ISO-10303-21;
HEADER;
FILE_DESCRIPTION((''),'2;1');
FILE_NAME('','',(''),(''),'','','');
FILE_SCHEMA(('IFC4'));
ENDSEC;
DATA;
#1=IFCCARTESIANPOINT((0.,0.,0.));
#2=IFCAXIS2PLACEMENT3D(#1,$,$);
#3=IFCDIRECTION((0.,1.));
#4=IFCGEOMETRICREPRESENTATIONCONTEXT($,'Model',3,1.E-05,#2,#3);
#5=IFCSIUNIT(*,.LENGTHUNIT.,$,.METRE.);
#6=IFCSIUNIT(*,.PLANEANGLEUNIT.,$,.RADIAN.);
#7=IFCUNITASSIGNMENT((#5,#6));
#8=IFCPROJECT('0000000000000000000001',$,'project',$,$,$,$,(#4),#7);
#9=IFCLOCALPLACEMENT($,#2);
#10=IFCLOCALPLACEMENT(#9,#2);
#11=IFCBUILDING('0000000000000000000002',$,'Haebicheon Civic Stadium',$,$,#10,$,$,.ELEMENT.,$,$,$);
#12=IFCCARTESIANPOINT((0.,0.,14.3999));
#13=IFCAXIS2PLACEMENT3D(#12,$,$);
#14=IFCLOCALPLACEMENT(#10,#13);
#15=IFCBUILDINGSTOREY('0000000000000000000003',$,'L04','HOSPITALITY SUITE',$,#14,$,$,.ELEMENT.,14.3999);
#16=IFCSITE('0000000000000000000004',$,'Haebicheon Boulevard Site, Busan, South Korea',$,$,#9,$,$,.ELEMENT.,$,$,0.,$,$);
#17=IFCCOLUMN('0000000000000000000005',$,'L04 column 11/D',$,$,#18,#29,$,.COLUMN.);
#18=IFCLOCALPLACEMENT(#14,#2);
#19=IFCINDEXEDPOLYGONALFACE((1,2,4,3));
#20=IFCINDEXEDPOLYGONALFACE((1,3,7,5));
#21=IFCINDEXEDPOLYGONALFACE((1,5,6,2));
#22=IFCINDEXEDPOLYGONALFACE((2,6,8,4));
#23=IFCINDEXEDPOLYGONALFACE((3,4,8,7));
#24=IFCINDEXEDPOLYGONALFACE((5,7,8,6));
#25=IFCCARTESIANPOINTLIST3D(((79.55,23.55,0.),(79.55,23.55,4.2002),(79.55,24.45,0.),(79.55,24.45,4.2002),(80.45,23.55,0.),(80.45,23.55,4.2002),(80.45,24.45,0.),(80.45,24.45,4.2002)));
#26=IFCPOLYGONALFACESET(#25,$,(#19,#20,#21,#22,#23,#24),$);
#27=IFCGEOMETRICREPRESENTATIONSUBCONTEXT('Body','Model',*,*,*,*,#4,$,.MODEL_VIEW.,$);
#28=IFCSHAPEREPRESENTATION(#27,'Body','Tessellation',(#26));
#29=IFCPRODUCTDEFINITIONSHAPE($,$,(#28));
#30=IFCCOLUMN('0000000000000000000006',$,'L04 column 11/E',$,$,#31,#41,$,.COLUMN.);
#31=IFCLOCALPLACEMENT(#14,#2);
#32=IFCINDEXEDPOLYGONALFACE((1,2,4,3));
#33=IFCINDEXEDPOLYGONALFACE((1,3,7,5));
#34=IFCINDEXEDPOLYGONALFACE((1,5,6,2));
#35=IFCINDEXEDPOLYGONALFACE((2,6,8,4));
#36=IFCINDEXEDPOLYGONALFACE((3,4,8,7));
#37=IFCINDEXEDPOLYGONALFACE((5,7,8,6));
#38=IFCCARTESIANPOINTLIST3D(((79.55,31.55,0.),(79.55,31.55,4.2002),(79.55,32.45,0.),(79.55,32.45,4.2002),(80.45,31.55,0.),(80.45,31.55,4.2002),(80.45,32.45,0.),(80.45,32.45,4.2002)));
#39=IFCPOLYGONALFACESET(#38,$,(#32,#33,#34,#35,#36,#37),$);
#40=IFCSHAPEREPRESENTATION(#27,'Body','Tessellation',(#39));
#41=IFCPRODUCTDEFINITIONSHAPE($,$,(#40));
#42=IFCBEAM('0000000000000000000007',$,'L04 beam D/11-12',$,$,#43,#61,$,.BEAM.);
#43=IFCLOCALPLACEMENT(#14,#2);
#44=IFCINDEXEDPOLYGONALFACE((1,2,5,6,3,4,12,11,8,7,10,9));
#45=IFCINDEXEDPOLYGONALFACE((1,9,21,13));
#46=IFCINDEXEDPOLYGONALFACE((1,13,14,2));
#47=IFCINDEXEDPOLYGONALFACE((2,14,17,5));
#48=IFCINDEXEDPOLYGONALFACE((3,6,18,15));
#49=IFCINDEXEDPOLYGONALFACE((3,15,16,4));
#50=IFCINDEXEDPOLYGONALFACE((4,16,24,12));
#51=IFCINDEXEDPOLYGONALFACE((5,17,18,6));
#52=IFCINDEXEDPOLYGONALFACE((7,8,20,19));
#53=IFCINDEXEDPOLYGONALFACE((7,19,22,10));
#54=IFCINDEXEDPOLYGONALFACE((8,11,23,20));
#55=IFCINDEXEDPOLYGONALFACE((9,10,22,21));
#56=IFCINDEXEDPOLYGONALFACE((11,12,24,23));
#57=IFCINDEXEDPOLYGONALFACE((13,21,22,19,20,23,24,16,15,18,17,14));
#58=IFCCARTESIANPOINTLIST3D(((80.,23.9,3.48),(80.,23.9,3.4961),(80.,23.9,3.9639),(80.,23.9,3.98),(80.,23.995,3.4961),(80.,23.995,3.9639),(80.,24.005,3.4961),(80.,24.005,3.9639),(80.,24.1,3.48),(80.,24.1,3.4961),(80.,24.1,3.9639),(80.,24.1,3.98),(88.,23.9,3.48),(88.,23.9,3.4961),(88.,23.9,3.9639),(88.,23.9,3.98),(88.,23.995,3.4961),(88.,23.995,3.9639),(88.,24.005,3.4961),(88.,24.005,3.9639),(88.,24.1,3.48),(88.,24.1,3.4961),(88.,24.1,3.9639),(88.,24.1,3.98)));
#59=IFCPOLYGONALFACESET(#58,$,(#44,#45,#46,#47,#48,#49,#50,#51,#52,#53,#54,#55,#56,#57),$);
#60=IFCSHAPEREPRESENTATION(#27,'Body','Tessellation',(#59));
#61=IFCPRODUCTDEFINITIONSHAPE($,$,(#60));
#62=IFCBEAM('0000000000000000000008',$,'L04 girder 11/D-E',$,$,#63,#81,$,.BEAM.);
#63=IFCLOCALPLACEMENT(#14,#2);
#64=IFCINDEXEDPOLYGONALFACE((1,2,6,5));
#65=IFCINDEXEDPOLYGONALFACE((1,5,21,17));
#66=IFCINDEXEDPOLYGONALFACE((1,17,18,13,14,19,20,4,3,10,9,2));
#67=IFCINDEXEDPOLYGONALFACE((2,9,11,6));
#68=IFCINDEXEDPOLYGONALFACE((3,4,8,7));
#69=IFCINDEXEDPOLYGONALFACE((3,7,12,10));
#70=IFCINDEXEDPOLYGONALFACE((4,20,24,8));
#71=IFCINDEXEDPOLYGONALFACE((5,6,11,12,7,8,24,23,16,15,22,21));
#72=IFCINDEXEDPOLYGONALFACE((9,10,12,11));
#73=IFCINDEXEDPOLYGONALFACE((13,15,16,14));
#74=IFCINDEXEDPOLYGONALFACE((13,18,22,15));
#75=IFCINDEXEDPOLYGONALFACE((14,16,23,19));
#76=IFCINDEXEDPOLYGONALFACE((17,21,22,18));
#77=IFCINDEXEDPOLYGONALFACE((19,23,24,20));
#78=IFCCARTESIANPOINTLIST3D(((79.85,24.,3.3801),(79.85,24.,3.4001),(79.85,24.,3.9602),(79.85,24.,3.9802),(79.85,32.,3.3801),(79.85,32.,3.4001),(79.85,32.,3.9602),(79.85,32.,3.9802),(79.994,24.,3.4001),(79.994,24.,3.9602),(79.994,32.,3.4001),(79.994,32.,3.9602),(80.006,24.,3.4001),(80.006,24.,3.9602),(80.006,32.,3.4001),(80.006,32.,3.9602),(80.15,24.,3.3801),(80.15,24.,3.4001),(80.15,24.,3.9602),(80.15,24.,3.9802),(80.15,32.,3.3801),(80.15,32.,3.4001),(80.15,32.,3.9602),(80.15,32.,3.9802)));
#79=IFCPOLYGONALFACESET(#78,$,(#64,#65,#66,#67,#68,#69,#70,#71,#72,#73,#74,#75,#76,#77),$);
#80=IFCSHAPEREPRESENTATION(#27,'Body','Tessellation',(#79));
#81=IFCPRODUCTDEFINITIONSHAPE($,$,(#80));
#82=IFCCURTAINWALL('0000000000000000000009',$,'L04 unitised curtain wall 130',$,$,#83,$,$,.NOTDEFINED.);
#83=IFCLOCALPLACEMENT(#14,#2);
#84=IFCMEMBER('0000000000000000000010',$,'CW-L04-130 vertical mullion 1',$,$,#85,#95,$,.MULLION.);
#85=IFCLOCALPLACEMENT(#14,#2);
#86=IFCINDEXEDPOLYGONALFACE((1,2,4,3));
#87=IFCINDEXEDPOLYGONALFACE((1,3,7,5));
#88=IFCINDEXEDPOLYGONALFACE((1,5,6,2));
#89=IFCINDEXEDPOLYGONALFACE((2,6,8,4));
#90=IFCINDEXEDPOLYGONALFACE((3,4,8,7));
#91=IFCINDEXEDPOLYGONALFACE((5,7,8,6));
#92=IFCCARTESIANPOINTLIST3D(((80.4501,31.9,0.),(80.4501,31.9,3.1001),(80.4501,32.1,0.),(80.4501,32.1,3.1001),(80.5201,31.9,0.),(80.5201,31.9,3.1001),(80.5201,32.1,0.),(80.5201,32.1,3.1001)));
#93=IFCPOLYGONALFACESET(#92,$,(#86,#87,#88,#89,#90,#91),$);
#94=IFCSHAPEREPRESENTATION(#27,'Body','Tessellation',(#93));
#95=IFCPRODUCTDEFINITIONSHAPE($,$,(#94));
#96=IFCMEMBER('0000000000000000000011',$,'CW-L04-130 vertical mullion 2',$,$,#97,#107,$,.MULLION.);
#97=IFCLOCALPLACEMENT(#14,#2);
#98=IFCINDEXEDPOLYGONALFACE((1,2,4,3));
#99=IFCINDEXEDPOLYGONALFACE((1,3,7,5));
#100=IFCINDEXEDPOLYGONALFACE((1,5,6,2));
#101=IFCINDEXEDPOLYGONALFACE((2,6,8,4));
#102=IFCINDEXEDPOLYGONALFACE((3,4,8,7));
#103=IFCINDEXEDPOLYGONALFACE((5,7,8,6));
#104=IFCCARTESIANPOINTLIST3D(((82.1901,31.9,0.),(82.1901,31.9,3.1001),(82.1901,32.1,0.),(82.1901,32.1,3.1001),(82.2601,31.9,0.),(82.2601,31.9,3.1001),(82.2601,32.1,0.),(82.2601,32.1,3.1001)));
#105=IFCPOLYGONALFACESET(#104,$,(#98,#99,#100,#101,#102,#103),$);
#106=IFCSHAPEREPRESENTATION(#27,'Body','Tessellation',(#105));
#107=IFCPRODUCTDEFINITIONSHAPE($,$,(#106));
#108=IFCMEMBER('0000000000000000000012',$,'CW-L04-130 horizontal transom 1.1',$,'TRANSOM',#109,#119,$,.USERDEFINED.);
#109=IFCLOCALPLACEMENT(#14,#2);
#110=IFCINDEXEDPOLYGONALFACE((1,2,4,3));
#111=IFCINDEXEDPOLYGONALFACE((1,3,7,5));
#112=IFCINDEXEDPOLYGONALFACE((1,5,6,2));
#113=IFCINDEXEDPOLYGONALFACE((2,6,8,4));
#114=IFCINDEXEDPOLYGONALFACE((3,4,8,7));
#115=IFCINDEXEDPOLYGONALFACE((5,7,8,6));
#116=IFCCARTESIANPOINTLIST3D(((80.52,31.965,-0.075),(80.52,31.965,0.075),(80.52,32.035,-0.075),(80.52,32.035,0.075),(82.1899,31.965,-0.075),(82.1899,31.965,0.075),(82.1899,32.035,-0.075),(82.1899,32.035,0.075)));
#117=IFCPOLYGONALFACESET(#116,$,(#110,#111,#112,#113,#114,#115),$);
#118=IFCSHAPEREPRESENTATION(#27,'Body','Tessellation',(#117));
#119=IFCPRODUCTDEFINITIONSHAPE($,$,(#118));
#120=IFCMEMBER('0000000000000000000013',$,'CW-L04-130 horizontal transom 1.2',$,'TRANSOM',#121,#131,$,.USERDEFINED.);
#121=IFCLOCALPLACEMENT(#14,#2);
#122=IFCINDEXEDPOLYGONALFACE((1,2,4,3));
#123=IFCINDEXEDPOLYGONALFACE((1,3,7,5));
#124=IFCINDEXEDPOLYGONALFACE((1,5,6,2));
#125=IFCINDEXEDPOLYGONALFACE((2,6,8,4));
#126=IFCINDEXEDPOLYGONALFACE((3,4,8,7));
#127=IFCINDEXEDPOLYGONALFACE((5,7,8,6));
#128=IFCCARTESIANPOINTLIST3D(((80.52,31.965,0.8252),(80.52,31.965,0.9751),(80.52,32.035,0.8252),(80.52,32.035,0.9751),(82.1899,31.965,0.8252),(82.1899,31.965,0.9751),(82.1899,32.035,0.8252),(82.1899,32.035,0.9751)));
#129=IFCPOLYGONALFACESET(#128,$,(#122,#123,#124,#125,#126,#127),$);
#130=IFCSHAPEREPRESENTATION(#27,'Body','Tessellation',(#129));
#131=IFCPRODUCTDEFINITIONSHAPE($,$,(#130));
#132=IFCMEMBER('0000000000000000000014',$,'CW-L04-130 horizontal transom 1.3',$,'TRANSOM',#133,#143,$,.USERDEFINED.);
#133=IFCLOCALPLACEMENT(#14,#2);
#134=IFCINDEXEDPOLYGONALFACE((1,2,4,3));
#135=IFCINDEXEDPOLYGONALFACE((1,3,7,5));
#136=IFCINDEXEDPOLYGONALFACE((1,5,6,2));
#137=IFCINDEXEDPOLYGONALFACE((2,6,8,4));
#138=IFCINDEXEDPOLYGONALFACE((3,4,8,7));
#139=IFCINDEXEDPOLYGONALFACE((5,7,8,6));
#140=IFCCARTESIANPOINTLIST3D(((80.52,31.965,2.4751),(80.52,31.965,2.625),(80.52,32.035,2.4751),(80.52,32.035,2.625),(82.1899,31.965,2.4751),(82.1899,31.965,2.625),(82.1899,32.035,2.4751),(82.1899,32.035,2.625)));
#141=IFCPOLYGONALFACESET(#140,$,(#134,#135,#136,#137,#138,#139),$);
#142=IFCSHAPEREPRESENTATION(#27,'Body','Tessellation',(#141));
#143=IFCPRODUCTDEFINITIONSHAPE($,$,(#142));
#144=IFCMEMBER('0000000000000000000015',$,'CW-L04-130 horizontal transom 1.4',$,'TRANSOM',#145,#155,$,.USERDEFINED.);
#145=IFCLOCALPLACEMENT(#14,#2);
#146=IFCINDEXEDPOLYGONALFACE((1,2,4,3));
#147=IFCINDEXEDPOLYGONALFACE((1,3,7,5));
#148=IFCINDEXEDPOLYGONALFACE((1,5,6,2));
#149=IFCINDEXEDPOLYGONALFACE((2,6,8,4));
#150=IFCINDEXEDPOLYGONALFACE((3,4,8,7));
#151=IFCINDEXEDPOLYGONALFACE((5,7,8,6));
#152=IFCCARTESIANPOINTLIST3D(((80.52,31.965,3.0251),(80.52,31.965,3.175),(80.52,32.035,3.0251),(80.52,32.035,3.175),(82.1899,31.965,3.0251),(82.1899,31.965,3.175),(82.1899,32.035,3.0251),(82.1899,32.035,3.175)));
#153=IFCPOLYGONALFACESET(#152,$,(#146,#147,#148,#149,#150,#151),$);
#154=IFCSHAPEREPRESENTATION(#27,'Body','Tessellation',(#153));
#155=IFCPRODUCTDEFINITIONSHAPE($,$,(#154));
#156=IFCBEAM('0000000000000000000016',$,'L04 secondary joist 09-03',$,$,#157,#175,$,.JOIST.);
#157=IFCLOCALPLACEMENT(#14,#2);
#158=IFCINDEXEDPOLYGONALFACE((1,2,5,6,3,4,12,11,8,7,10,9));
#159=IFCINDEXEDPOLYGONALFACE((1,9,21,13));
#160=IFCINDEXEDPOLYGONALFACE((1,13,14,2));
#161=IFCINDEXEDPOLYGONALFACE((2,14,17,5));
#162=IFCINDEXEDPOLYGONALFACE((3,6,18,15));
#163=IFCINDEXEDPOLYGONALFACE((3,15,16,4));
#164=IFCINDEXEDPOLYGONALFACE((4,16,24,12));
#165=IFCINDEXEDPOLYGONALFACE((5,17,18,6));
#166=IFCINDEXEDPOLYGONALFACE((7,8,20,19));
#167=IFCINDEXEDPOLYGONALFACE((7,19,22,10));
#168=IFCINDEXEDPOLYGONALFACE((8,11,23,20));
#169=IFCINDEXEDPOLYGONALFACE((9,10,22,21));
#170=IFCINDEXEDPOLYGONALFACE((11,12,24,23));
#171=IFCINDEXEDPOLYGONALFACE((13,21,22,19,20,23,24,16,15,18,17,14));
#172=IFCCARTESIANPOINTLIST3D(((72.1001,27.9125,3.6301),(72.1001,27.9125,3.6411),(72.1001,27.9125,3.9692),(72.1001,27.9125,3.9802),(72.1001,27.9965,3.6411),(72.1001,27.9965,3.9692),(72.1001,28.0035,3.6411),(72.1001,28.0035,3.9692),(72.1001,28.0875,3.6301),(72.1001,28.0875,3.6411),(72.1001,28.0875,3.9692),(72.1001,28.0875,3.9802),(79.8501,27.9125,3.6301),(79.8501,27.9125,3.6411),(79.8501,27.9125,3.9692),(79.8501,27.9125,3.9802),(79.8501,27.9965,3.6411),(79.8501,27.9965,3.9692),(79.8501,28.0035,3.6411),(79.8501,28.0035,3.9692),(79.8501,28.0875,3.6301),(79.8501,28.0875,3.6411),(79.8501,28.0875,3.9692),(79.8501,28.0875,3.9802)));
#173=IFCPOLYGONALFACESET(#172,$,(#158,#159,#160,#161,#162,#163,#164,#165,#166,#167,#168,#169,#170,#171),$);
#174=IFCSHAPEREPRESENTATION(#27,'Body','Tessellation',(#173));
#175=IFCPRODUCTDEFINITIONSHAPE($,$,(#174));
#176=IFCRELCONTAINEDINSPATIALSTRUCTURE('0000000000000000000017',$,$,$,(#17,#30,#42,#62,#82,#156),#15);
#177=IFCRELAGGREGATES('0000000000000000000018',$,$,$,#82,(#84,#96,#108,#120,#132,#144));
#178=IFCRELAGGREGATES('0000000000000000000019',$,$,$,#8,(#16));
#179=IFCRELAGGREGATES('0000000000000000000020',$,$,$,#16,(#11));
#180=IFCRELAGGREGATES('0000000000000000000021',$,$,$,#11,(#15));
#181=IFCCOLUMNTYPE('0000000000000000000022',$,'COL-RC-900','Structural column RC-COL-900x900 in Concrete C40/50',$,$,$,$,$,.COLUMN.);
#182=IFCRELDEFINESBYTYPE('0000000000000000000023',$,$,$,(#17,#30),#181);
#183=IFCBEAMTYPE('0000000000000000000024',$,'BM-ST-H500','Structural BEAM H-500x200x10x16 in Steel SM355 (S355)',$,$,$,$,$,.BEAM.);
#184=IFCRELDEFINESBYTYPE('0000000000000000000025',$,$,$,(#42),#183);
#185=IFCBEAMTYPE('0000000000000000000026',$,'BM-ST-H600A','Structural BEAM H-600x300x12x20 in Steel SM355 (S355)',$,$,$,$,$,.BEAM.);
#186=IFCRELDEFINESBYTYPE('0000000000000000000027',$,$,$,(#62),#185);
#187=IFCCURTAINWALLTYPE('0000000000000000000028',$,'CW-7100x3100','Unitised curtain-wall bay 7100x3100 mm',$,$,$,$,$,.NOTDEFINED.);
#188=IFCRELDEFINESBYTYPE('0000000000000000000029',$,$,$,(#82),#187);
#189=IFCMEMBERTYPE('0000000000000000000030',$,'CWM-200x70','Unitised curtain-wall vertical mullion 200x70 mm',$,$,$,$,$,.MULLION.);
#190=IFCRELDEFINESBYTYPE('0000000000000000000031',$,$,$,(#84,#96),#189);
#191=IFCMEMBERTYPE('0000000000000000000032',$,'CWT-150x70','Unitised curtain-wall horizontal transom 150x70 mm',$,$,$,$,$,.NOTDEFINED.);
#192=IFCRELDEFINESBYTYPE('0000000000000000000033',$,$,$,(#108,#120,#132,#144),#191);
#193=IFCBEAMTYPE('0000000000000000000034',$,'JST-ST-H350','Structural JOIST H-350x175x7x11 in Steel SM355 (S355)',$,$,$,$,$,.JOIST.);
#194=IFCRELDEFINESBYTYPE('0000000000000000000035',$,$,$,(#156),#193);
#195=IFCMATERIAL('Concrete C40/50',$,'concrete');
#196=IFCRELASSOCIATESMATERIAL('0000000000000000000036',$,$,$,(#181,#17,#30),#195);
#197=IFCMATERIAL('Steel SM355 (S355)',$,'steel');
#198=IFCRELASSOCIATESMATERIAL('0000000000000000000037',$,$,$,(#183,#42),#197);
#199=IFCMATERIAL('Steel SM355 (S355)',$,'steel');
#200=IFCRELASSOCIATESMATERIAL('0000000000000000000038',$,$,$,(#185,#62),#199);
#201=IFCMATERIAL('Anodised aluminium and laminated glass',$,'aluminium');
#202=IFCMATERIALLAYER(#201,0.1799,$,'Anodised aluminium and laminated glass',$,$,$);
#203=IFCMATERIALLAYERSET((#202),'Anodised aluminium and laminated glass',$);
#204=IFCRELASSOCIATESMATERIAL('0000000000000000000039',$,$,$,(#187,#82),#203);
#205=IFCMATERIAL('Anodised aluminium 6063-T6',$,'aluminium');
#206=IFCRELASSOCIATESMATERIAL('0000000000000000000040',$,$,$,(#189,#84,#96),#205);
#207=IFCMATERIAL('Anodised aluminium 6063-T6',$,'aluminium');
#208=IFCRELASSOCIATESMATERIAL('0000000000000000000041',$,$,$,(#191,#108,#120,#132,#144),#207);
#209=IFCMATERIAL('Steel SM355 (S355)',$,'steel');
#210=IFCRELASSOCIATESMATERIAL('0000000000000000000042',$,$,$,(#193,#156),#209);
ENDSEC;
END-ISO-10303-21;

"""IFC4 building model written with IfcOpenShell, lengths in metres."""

from ifc_helpers import new_model, si_unit, direction, frame, origin, origin_2d, place, context, subcontext, project, spatial, rectangle, i_section, extrude, material, layer, layer_set, material_profile, profile_set, type_object, element, aggregate, save


model = new_model("IFC4")

# Units and contexts
model_context = context("Model", 3, precision=1e-05, world=origin(), true_north=direction((0.0, 1.0)))
body_context = subcontext(model_context, "Body", "Model", "MODEL_VIEW")
ifc_project = project(units=[si_unit("LENGTHUNIT", "METRE"), si_unit("PLANEANGLEUNIT", "RADIAN")], contexts=[model_context])

# Site, building, storey
site_placement = place(None, origin())
site = spatial("IfcSite", under=ifc_project, at=site_placement, Name="Haebicheon Boulevard Site, Busan, South Korea", CompositionType="ELEMENT", RefElevation=0.0)
building_placement = place(site_placement, origin())
building = spatial("IfcBuilding", under=site, at=building_placement, Name="Haebicheon Civic Stadium", CompositionType="ELEMENT")
storey_placement = place(building_placement, frame((0.0, 0.0, 14.3999)))
storey = spatial("IfcBuildingStorey", under=building, at=storey_placement, Name="L04", Description="HOSPITALITY SUITE", CompositionType="ELEMENT", Elevation=14.3999)

# Columns
ifc_material_1 = material(Name="Concrete C40/50", Category="concrete")
ifc_material_profile_1 = material_profile(ifc_material_1, rectangle(XDim=0.8999, YDim=0.8999, at=origin_2d()), Name="RC-COL-900x900")
ifc_profile_set_1 = profile_set([ifc_material_profile_1], Name="Concrete C40/50")
column_type = type_object("IfcColumnType", Name="COL-RC-900", Description="Structural column RC-COL-900x900 in Concrete C40/50", PredefinedType="COLUMN", material=ifc_profile_set_1)
for number, where, z_axis, x_axis, name in (
    (1, (80.0, 24.0, 0.0), (0.0, 0.0, 1.0), (1.0, 0.0, 0.0), "L04 column 11/D"),
    (2, (80.0, 32.0, 0.0), (0.0, 0.0, 1.0), (1.0, 0.0, 0.0), "L04 column 11/E"),
):
    element("IfcColumn", number, at=place(storey_placement, frame(where, z_axis=z_axis, x_axis=x_axis)), inside=storey, type_object=column_type, material=ifc_profile_set_1, Name=name, PredefinedType="COLUMN", context=body_context, shape_type="SweptSolid", body=[
        extrude(rectangle(XDim=0.8999, YDim=0.8999, at=origin_2d()), origin(), (0.0, 0.0, 1.0), 4.2002),
    ])

# Beams
ifc_material_2 = material(Name="Steel SM355 (S355)", Category="steel")
ifc_material_profile_2 = material_profile(ifc_material_2, i_section(OverallWidth=0.2, OverallDepth=0.5, WebThickness=0.01, FlangeThickness=0.0161, at=origin_2d()), Name="H-500x200x10x16")
ifc_profile_set_2 = profile_set([ifc_material_profile_2], Name="Steel SM355 (S355)")
beam_type_1 = type_object("IfcBeamType", Name="BM-ST-H500", Description="Structural BEAM H-500x200x10x16 in Steel SM355 (S355)", PredefinedType="BEAM", material=ifc_profile_set_2)
beam_1_placement = place(storey_placement, frame((80.0, 24.0, 3.73), z_axis=(1.0, 0.0, 0.0), x_axis=(0.0, 1.0, 0.0)))
element("IfcBeam", 3, at=beam_1_placement, inside=storey, type_object=beam_type_1, material=ifc_profile_set_2, Name="L04 beam D/11-12", PredefinedType="BEAM", context=body_context, shape_type="SweptSolid", body=[
    extrude(i_section(OverallWidth=0.2, OverallDepth=0.5, WebThickness=0.01, FlangeThickness=0.0161, at=origin_2d()), origin(), (0.0, 0.0, 1.0), 8.0),
])
ifc_material_3 = material(Name="Steel SM355 (S355)", Category="steel")
ifc_material_profile_3 = material_profile(ifc_material_3, i_section(OverallWidth=0.3, OverallDepth=0.6001, WebThickness=0.012, FlangeThickness=0.02, at=origin_2d()), Name="H-600x300x12x20")
ifc_profile_set_3 = profile_set([ifc_material_profile_3], Name="Steel SM355 (S355)")
beam_type_2 = type_object("IfcBeamType", Name="BM-ST-H600A", Description="Structural BEAM H-600x300x12x20 in Steel SM355 (S355)", PredefinedType="BEAM", material=ifc_profile_set_3)
beam_2_placement = place(storey_placement, frame((80.0, 24.0, 3.6802), z_axis=(0.0, 1.0, 0.0), x_axis=(-1.0, 0.0, 0.0)))
element("IfcBeam", 4, at=beam_2_placement, inside=storey, type_object=beam_type_2, material=ifc_profile_set_3, Name="L04 girder 11/D-E", PredefinedType="BEAM", context=body_context, shape_type="SweptSolid", body=[
    extrude(i_section(OverallWidth=0.3, OverallDepth=0.6001, WebThickness=0.012, FlangeThickness=0.02, at=origin_2d()), origin(), (0.0, 0.0, 1.0), 8.0),
])

# Curtain wall, members
ifc_material_4 = material(Name="Anodised aluminium and laminated glass", Category="aluminium")
ifc_layer_1 = layer(ifc_material_4, 0.1799, Name="Anodised aluminium and laminated glass")
ifc_layer_set_1 = layer_set([ifc_layer_1], Name="Anodised aluminium and laminated glass")
curtain_wall_type = type_object("IfcCurtainWallType", Name="CW-7100x3100", Description="Unitised curtain-wall bay 7100x3100 mm", PredefinedType="NOTDEFINED", material=ifc_layer_set_1)
curtain_wall_placement = place(storey_placement, origin())
curtain_wall = element("IfcCurtainWall", 5, at=curtain_wall_placement, inside=storey, type_object=curtain_wall_type, material=ifc_layer_set_1, Name="L04 unitised curtain wall 130", PredefinedType="NOTDEFINED")
ifc_material_5 = material(Name="Anodised aluminium 6063-T6", Category="aluminium")
ifc_material_profile_4 = material_profile(ifc_material_5, rectangle(XDim=0.0701, YDim=0.2, at=origin_2d()), Name="ALU-MULL-70x200")
ifc_profile_set_4 = profile_set([ifc_material_profile_4], Name="Anodised aluminium 6063-T6")
member_type_1 = type_object("IfcMemberType", Name="CWM-200x70", Description="Unitised curtain-wall vertical mullion 200x70 mm", PredefinedType="MULLION", material=ifc_profile_set_4)
member_1_placement = place(storey_placement, frame((80.4851, 32.0, 0.0), z_axis=(0.0, 0.0, 1.0), x_axis=(1.0, 0.0, 0.0)))
member_1 = element("IfcMember", 6, at=member_1_placement, type_object=member_type_1, material=ifc_profile_set_4, Name="CW-L04-130 vertical mullion 1", PredefinedType="MULLION", context=body_context, shape_type="SweptSolid", body=[
    extrude(rectangle(XDim=0.0701, YDim=0.2, at=origin_2d()), origin(), (0.0, 0.0, 1.0), 3.1001),
])
member_2_placement = place(storey_placement, frame((82.2251, 32.0, 0.0), z_axis=(0.0, 0.0, 1.0), x_axis=(1.0, 0.0, 0.0)))
member_2 = element("IfcMember", 7, at=member_2_placement, type_object=member_type_1, material=ifc_profile_set_4, Name="CW-L04-130 vertical mullion 2", PredefinedType="MULLION", context=body_context, shape_type="SweptSolid", body=[
    extrude(rectangle(XDim=0.0701, YDim=0.2, at=origin_2d()), origin(), (0.0, 0.0, 1.0), 3.1001),
])
ifc_material_6 = material(Name="Anodised aluminium 6063-T6", Category="aluminium")
ifc_material_profile_5 = material_profile(ifc_material_6, rectangle(XDim=0.0701, YDim=0.1499, at=origin_2d()), Name="ALU-TRAN-70x150")
ifc_profile_set_5 = profile_set([ifc_material_profile_5], Name="Anodised aluminium 6063-T6")
member_type_2 = type_object("IfcMemberType", Name="CWT-150x70", Description="Unitised curtain-wall horizontal transom 150x70 mm", PredefinedType="NOTDEFINED", material=ifc_profile_set_5)
member_3_placement = place(storey_placement, frame((80.52, 32.0, 0.0), z_axis=(1.0, 0.0, 0.0), x_axis=(0.0, 1.0, 0.0)))
member_3 = element("IfcMember", 8, at=member_3_placement, type_object=member_type_2, material=ifc_profile_set_5, Name="CW-L04-130 horizontal transom 1.1", ObjectType="TRANSOM", PredefinedType="USERDEFINED", context=body_context, shape_type="SweptSolid", body=[
    extrude(rectangle(XDim=0.0701, YDim=0.1499, at=origin_2d()), origin(), (0.0, 0.0, 1.0), 1.6699),
])
member_4_placement = place(storey_placement, frame((80.52, 32.0, 0.9001), z_axis=(1.0, 0.0, 0.0), x_axis=(0.0, 1.0, 0.0)))
member_4 = element("IfcMember", 9, at=member_4_placement, type_object=member_type_2, material=ifc_profile_set_5, Name="CW-L04-130 horizontal transom 1.2", ObjectType="TRANSOM", PredefinedType="USERDEFINED", context=body_context, shape_type="SweptSolid", body=[
    extrude(rectangle(XDim=0.0701, YDim=0.1499, at=origin_2d()), origin(), (0.0, 0.0, 1.0), 1.6699),
])
member_5_placement = place(storey_placement, frame((80.52, 32.0, 2.55), z_axis=(1.0, 0.0, 0.0), x_axis=(0.0, 1.0, 0.0)))
member_5 = element("IfcMember", 10, at=member_5_placement, type_object=member_type_2, material=ifc_profile_set_5, Name="CW-L04-130 horizontal transom 1.3", ObjectType="TRANSOM", PredefinedType="USERDEFINED", context=body_context, shape_type="SweptSolid", body=[
    extrude(rectangle(XDim=0.0701, YDim=0.1499, at=origin_2d()), origin(), (0.0, 0.0, 1.0), 1.6699),
])
member_6_placement = place(storey_placement, frame((80.52, 32.0, 3.1001), z_axis=(1.0, 0.0, 0.0), x_axis=(0.0, 1.0, 0.0)))
member_6 = element("IfcMember", 11, at=member_6_placement, type_object=member_type_2, material=ifc_profile_set_5, Name="CW-L04-130 horizontal transom 1.4", ObjectType="TRANSOM", PredefinedType="USERDEFINED", context=body_context, shape_type="SweptSolid", body=[
    extrude(rectangle(XDim=0.0701, YDim=0.1499, at=origin_2d()), origin(), (0.0, 0.0, 1.0), 1.6699),
])

# Beam
ifc_material_7 = material(Name="Steel SM355 (S355)", Category="steel")
ifc_material_profile_6 = material_profile(ifc_material_7, i_section(OverallWidth=0.175, OverallDepth=0.3501, WebThickness=0.0071, FlangeThickness=0.011, at=origin_2d()), Name="H-350x175x7x11")
ifc_profile_set_6 = profile_set([ifc_material_profile_6], Name="Steel SM355 (S355)")
beam_type_3 = type_object("IfcBeamType", Name="JST-ST-H350", Description="Structural JOIST H-350x175x7x11 in Steel SM355 (S355)", PredefinedType="JOIST", material=ifc_profile_set_6)
beam_3_placement = place(storey_placement, frame((72.1001, 28.0, 3.8052), z_axis=(1.0, 0.0, 0.0), x_axis=(0.0, 1.0, 0.0)))
element("IfcBeam", 12, at=beam_3_placement, inside=storey, type_object=beam_type_3, material=ifc_profile_set_6, Name="L04 secondary joist 09-03", PredefinedType="JOIST", context=body_context, shape_type="SweptSolid", body=[
    extrude(i_section(OverallWidth=0.175, OverallDepth=0.3501, WebThickness=0.0071, FlangeThickness=0.011, at=origin_2d()), origin(), (0.0, 0.0, 1.0), 7.75),
])

aggregate(curtain_wall, [member_1, member_2, member_3, member_4, member_5, member_6])

save(model, "model.ifc")
